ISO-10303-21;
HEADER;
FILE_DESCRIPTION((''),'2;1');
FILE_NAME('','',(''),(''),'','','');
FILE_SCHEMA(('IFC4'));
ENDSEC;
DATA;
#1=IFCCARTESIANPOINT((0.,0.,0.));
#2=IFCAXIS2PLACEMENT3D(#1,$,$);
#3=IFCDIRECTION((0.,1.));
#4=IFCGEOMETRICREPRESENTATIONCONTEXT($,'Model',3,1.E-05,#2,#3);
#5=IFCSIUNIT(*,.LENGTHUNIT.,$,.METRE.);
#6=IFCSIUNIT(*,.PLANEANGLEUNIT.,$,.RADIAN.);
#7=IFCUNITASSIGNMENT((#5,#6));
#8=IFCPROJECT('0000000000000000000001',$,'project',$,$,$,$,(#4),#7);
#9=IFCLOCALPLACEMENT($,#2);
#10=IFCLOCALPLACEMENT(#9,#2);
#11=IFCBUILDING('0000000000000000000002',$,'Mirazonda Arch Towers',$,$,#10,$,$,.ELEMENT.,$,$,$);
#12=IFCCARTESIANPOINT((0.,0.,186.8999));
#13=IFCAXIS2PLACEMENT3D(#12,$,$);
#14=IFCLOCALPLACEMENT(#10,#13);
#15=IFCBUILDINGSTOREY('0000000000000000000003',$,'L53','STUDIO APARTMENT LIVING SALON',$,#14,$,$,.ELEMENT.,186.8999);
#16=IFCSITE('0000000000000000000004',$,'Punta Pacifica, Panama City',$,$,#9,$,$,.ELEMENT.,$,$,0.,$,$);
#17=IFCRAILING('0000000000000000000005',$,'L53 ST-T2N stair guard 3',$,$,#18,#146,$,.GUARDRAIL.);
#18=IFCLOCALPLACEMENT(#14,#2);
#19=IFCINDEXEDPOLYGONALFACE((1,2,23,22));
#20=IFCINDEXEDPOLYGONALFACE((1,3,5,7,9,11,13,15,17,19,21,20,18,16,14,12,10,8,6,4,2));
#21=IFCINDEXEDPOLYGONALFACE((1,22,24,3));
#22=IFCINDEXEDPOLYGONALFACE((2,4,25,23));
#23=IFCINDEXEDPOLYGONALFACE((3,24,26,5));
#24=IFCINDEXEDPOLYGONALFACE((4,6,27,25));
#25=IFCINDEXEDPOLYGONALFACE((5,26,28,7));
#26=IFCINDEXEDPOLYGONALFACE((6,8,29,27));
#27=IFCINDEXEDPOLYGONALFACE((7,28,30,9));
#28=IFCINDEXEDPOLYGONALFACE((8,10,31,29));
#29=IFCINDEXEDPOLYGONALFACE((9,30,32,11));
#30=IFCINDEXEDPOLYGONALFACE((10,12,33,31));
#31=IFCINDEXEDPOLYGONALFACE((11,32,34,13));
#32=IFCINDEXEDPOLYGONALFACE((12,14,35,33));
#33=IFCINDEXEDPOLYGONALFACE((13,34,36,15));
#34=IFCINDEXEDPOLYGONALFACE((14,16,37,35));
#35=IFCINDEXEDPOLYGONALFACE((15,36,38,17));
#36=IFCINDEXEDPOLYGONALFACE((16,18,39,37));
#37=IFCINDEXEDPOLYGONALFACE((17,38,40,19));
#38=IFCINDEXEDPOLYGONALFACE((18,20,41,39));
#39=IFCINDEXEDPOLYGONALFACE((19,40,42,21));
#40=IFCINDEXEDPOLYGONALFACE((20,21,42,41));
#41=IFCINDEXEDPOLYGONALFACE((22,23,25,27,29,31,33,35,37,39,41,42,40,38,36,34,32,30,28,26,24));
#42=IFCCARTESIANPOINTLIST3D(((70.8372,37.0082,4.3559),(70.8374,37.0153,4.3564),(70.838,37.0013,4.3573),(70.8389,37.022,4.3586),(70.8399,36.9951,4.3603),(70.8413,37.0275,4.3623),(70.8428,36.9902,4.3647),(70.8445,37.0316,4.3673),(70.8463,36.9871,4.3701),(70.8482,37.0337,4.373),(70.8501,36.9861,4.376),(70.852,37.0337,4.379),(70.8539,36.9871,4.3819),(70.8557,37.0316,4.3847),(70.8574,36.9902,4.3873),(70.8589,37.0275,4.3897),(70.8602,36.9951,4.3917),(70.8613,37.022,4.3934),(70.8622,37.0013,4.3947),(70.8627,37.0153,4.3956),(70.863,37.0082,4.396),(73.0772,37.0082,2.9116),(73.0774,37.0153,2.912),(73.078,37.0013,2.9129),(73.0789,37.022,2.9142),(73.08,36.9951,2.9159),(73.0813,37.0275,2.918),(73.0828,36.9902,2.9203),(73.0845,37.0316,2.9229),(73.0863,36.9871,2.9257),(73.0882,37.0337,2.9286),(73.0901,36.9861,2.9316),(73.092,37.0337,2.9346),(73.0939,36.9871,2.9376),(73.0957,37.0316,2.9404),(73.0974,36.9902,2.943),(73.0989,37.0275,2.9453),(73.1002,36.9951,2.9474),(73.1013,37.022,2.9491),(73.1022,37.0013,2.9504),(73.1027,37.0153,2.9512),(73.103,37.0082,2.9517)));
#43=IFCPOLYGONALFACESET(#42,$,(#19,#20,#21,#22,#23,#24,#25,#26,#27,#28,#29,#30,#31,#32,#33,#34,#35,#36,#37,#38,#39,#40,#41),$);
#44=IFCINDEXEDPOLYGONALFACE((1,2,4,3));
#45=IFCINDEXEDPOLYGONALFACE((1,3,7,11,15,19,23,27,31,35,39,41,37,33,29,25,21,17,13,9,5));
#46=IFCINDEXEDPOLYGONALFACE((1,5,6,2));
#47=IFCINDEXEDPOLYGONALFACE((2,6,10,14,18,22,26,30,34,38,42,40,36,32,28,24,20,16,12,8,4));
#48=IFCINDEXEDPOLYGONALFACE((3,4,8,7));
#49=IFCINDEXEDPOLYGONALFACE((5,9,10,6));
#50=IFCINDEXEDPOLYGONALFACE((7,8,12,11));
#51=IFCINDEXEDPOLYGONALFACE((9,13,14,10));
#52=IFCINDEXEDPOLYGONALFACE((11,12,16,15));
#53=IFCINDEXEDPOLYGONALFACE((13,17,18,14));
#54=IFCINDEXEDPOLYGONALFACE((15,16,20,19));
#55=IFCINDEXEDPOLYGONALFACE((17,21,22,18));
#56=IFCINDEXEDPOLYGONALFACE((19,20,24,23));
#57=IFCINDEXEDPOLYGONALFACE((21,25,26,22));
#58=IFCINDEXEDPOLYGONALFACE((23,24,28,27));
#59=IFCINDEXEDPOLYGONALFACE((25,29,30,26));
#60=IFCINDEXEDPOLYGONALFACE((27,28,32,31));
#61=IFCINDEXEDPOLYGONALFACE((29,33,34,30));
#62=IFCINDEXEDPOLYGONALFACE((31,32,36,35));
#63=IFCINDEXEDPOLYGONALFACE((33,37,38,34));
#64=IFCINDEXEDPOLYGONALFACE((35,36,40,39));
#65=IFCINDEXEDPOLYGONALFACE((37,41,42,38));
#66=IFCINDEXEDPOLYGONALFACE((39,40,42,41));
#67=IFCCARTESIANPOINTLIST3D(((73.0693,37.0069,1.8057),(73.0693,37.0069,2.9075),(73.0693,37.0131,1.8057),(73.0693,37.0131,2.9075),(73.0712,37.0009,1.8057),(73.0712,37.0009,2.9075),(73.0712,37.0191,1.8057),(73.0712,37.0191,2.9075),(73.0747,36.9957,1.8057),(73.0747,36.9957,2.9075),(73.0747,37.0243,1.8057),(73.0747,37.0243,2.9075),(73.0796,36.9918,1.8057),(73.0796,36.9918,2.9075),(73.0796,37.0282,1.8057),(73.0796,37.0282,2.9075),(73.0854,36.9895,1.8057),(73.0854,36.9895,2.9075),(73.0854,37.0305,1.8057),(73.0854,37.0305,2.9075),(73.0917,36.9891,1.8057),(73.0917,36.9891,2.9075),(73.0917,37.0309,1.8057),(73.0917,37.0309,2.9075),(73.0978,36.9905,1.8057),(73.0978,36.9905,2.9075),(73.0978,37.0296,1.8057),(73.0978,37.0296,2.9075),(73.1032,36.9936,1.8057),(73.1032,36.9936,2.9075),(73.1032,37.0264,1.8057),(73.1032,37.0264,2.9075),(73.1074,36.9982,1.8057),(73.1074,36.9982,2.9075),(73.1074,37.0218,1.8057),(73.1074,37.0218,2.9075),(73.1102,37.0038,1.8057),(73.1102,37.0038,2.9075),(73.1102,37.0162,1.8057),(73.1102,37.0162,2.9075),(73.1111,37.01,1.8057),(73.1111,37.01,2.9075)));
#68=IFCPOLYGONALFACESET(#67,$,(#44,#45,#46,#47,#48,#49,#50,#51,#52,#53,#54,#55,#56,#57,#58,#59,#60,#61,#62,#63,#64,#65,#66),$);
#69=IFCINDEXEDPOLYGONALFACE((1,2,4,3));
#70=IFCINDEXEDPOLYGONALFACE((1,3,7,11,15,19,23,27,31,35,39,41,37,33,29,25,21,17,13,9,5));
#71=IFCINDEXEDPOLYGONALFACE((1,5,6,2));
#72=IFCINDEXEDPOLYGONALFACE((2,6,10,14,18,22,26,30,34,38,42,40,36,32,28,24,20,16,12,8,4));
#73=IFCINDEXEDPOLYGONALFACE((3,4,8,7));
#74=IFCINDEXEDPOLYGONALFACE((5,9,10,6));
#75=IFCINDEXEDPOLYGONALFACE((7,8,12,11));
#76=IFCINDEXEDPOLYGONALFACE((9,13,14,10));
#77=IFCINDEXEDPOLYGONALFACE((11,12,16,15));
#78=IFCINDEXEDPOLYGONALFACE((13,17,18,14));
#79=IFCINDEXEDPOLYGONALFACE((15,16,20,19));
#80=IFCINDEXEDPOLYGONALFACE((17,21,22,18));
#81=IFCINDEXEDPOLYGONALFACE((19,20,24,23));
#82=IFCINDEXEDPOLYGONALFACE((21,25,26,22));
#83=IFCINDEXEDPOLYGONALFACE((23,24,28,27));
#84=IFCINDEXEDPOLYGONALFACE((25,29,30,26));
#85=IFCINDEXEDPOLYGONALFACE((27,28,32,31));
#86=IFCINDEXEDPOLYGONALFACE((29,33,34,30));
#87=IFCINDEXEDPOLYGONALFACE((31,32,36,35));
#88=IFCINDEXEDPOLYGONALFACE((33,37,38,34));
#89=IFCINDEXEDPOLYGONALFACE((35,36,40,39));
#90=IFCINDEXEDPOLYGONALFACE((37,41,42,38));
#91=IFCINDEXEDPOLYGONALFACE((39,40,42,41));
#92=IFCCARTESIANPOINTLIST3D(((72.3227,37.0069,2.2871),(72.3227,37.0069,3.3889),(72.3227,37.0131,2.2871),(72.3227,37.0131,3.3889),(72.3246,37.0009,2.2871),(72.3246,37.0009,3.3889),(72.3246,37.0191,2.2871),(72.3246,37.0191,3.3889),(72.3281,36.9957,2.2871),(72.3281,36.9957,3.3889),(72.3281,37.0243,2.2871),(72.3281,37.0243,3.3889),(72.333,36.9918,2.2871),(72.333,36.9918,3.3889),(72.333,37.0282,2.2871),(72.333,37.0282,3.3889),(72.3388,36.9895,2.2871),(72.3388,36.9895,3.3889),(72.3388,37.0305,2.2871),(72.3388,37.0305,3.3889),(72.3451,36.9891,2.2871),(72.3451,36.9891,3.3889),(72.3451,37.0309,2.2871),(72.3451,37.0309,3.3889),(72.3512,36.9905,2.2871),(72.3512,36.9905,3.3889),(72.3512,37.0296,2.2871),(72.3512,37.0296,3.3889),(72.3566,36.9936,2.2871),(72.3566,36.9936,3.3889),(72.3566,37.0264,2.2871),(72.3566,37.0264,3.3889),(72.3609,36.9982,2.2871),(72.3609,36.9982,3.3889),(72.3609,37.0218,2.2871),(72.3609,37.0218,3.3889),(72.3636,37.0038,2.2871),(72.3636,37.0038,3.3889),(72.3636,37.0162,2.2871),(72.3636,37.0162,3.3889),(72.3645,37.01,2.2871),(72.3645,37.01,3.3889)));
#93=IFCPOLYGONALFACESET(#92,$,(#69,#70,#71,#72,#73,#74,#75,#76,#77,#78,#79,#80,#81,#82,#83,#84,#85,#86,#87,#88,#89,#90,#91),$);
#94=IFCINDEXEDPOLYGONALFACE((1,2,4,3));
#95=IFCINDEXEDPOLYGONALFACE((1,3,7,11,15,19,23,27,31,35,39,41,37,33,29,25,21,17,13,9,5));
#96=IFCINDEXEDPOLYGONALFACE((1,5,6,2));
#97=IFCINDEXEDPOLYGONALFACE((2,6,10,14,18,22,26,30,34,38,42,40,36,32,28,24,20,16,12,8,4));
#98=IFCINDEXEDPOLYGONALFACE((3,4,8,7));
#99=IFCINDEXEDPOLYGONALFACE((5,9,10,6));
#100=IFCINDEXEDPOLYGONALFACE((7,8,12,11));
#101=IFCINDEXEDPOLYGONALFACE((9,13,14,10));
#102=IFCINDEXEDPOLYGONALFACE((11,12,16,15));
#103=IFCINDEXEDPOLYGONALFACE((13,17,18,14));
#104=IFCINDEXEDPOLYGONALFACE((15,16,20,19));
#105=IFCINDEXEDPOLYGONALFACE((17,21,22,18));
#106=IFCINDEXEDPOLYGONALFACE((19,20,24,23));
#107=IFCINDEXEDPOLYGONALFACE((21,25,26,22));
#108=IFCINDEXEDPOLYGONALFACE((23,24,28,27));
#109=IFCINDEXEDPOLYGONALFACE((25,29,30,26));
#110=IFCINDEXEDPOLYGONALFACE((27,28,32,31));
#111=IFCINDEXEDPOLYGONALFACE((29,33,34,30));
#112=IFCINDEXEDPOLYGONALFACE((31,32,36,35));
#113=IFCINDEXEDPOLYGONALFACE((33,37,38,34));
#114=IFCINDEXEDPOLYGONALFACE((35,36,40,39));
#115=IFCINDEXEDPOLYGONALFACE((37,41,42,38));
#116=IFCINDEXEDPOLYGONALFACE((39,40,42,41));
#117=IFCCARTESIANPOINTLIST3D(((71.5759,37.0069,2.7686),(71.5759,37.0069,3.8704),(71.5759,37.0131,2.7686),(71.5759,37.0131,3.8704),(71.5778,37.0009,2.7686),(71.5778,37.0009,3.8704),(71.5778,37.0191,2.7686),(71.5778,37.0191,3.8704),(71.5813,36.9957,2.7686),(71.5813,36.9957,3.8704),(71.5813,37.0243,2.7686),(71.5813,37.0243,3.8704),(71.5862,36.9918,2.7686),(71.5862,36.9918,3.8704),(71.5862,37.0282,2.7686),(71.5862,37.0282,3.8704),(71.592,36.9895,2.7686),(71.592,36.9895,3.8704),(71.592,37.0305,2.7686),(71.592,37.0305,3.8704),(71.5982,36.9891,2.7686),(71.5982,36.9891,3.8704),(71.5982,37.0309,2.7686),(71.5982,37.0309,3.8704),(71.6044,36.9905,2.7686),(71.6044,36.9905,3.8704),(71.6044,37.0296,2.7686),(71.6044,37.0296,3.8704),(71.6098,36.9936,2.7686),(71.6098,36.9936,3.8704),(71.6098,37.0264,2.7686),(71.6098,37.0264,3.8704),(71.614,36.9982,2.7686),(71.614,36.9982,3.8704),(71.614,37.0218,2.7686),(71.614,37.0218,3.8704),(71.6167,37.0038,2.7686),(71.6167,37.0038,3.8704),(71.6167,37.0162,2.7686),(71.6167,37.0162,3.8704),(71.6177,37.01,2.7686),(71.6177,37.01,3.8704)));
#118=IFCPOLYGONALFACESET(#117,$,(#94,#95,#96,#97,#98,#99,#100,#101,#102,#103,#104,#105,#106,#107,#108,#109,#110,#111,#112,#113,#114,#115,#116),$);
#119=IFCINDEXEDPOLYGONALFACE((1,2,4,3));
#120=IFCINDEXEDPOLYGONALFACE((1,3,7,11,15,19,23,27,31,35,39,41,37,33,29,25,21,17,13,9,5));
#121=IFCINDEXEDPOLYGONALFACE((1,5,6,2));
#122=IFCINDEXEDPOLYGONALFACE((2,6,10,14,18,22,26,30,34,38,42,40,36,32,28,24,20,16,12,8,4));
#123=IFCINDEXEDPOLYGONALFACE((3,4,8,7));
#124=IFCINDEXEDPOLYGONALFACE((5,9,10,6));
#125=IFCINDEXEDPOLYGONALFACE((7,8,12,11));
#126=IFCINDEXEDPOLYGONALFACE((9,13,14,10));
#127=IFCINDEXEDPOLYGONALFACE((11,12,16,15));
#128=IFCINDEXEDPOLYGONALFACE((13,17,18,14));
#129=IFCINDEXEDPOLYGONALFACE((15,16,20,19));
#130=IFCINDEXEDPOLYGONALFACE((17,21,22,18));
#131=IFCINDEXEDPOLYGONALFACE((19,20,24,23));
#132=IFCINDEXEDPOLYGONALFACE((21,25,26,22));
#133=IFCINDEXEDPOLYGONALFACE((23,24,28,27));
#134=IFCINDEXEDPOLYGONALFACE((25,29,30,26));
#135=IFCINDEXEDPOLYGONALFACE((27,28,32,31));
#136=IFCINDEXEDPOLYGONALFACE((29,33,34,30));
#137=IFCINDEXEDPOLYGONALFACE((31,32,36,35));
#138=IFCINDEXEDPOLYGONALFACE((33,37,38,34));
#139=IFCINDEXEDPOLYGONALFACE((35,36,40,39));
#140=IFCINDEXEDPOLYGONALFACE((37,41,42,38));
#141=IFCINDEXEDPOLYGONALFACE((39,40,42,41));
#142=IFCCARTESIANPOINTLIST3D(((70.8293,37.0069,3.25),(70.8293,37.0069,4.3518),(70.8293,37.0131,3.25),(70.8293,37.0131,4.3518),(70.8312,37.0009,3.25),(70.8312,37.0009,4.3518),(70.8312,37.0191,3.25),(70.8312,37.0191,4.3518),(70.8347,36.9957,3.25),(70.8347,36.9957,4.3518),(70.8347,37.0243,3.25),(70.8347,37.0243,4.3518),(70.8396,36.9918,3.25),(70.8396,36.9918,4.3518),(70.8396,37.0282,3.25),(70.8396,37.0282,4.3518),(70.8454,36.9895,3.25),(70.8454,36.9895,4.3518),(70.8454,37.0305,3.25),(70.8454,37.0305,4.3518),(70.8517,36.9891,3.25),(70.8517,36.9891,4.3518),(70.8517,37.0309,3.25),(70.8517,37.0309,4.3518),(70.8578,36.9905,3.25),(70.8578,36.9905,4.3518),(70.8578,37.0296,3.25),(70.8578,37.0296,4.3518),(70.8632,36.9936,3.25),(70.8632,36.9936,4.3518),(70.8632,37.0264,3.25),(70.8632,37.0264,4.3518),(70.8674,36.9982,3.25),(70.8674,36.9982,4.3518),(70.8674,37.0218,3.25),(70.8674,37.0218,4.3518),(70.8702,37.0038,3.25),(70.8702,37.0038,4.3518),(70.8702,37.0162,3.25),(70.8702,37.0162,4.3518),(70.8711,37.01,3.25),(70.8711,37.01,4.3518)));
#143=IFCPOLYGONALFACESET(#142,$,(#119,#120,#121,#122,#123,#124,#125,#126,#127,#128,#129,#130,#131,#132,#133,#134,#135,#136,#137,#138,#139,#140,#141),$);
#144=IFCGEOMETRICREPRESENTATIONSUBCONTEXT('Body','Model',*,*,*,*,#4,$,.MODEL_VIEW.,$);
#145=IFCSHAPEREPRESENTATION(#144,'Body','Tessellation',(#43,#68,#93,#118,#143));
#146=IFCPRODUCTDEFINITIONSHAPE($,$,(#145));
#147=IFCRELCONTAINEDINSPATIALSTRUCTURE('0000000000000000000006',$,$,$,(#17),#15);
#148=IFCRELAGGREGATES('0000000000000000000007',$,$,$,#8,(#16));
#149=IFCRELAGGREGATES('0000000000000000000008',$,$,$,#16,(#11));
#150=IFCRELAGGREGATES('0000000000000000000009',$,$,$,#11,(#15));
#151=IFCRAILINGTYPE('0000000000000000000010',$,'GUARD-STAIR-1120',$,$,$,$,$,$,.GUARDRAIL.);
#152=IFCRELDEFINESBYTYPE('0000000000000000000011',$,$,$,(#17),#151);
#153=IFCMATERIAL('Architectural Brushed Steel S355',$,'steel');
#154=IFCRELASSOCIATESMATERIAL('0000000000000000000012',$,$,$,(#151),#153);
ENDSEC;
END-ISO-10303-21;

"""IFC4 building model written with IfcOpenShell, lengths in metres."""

from ifc_helpers import new_model, si_unit, direction, frame, origin, origin_2d, place, context, subcontext, project, spatial, circle, extrude, material, type_object, element, save


model = new_model("IFC4")

# Units and contexts
model_context = context("Model", 3, precision=1e-05, world=origin(), true_north=direction((0.0, 1.0)))
body_context = subcontext(model_context, "Body", "Model", "MODEL_VIEW")
ifc_project = project(units=[si_unit("LENGTHUNIT", "METRE"), si_unit("PLANEANGLEUNIT", "RADIAN")], contexts=[model_context])

# Site, building, storey
site_placement = place(None, origin())
site = spatial("IfcSite", under=ifc_project, at=site_placement, Name="Punta Pacifica, Panama City", CompositionType="ELEMENT", RefElevation=0.0)
building_placement = place(site_placement, origin())
building = spatial("IfcBuilding", under=site, at=building_placement, Name="Mirazonda Arch Towers", CompositionType="ELEMENT")
storey_placement = place(building_placement, frame((0.0, 0.0, 186.8999)))
storey = spatial("IfcBuildingStorey", under=building, at=storey_placement, Name="L53", Description="STUDIO APARTMENT LIVING SALON", CompositionType="ELEMENT", Elevation=186.8999)

# Shared definitions
ifc_material_1 = material(Name="Architectural Brushed Steel S355", Category="steel")

# Railing
railing_type_1 = type_object("IfcRailingType", Name="GUARD-STAIR-1120", PredefinedType="GUARDRAIL", material=ifc_material_1)
railing_1_placement = place(storey_placement, frame((73.0901, 37.01, 1.8057)))
element("IfcRailing", 1, at=railing_1_placement, inside=storey, type_object=railing_type_1, Name="L53 ST-T2N stair guard 3", PredefinedType="GUARDRAIL", context=body_context, shape_type="SweptSolid", body=[
    extrude(circle(Radius=0.0239, at=origin_2d()), frame((0.0, 0.0, 1.126), z_axis=(-0.840437, 0.0, 0.54191), x_axis=(0.0, -1.0, 0.0)), (0.0, 0.0, 1.0), 2.6653),
    extrude(circle(Radius=0.021, at=origin_2d()), origin(), (0.0, 0.0, 1.0), 1.1018),
    extrude(circle(Radius=0.021, at=origin_2d()), frame((-0.7466, 0.0, 0.4814)), (0.0, 0.0, 1.0), 1.1018),
    extrude(circle(Radius=0.021, at=origin_2d()), frame((-1.4934, 0.0, 0.9629)), (0.0, 0.0, 1.0), 1.1018),
    extrude(circle(Radius=0.021, at=origin_2d()), frame((-2.24, 0.0, 1.4443)), (0.0, 0.0, 1.0), 1.1018),
])

save(model, "model.ifc")
